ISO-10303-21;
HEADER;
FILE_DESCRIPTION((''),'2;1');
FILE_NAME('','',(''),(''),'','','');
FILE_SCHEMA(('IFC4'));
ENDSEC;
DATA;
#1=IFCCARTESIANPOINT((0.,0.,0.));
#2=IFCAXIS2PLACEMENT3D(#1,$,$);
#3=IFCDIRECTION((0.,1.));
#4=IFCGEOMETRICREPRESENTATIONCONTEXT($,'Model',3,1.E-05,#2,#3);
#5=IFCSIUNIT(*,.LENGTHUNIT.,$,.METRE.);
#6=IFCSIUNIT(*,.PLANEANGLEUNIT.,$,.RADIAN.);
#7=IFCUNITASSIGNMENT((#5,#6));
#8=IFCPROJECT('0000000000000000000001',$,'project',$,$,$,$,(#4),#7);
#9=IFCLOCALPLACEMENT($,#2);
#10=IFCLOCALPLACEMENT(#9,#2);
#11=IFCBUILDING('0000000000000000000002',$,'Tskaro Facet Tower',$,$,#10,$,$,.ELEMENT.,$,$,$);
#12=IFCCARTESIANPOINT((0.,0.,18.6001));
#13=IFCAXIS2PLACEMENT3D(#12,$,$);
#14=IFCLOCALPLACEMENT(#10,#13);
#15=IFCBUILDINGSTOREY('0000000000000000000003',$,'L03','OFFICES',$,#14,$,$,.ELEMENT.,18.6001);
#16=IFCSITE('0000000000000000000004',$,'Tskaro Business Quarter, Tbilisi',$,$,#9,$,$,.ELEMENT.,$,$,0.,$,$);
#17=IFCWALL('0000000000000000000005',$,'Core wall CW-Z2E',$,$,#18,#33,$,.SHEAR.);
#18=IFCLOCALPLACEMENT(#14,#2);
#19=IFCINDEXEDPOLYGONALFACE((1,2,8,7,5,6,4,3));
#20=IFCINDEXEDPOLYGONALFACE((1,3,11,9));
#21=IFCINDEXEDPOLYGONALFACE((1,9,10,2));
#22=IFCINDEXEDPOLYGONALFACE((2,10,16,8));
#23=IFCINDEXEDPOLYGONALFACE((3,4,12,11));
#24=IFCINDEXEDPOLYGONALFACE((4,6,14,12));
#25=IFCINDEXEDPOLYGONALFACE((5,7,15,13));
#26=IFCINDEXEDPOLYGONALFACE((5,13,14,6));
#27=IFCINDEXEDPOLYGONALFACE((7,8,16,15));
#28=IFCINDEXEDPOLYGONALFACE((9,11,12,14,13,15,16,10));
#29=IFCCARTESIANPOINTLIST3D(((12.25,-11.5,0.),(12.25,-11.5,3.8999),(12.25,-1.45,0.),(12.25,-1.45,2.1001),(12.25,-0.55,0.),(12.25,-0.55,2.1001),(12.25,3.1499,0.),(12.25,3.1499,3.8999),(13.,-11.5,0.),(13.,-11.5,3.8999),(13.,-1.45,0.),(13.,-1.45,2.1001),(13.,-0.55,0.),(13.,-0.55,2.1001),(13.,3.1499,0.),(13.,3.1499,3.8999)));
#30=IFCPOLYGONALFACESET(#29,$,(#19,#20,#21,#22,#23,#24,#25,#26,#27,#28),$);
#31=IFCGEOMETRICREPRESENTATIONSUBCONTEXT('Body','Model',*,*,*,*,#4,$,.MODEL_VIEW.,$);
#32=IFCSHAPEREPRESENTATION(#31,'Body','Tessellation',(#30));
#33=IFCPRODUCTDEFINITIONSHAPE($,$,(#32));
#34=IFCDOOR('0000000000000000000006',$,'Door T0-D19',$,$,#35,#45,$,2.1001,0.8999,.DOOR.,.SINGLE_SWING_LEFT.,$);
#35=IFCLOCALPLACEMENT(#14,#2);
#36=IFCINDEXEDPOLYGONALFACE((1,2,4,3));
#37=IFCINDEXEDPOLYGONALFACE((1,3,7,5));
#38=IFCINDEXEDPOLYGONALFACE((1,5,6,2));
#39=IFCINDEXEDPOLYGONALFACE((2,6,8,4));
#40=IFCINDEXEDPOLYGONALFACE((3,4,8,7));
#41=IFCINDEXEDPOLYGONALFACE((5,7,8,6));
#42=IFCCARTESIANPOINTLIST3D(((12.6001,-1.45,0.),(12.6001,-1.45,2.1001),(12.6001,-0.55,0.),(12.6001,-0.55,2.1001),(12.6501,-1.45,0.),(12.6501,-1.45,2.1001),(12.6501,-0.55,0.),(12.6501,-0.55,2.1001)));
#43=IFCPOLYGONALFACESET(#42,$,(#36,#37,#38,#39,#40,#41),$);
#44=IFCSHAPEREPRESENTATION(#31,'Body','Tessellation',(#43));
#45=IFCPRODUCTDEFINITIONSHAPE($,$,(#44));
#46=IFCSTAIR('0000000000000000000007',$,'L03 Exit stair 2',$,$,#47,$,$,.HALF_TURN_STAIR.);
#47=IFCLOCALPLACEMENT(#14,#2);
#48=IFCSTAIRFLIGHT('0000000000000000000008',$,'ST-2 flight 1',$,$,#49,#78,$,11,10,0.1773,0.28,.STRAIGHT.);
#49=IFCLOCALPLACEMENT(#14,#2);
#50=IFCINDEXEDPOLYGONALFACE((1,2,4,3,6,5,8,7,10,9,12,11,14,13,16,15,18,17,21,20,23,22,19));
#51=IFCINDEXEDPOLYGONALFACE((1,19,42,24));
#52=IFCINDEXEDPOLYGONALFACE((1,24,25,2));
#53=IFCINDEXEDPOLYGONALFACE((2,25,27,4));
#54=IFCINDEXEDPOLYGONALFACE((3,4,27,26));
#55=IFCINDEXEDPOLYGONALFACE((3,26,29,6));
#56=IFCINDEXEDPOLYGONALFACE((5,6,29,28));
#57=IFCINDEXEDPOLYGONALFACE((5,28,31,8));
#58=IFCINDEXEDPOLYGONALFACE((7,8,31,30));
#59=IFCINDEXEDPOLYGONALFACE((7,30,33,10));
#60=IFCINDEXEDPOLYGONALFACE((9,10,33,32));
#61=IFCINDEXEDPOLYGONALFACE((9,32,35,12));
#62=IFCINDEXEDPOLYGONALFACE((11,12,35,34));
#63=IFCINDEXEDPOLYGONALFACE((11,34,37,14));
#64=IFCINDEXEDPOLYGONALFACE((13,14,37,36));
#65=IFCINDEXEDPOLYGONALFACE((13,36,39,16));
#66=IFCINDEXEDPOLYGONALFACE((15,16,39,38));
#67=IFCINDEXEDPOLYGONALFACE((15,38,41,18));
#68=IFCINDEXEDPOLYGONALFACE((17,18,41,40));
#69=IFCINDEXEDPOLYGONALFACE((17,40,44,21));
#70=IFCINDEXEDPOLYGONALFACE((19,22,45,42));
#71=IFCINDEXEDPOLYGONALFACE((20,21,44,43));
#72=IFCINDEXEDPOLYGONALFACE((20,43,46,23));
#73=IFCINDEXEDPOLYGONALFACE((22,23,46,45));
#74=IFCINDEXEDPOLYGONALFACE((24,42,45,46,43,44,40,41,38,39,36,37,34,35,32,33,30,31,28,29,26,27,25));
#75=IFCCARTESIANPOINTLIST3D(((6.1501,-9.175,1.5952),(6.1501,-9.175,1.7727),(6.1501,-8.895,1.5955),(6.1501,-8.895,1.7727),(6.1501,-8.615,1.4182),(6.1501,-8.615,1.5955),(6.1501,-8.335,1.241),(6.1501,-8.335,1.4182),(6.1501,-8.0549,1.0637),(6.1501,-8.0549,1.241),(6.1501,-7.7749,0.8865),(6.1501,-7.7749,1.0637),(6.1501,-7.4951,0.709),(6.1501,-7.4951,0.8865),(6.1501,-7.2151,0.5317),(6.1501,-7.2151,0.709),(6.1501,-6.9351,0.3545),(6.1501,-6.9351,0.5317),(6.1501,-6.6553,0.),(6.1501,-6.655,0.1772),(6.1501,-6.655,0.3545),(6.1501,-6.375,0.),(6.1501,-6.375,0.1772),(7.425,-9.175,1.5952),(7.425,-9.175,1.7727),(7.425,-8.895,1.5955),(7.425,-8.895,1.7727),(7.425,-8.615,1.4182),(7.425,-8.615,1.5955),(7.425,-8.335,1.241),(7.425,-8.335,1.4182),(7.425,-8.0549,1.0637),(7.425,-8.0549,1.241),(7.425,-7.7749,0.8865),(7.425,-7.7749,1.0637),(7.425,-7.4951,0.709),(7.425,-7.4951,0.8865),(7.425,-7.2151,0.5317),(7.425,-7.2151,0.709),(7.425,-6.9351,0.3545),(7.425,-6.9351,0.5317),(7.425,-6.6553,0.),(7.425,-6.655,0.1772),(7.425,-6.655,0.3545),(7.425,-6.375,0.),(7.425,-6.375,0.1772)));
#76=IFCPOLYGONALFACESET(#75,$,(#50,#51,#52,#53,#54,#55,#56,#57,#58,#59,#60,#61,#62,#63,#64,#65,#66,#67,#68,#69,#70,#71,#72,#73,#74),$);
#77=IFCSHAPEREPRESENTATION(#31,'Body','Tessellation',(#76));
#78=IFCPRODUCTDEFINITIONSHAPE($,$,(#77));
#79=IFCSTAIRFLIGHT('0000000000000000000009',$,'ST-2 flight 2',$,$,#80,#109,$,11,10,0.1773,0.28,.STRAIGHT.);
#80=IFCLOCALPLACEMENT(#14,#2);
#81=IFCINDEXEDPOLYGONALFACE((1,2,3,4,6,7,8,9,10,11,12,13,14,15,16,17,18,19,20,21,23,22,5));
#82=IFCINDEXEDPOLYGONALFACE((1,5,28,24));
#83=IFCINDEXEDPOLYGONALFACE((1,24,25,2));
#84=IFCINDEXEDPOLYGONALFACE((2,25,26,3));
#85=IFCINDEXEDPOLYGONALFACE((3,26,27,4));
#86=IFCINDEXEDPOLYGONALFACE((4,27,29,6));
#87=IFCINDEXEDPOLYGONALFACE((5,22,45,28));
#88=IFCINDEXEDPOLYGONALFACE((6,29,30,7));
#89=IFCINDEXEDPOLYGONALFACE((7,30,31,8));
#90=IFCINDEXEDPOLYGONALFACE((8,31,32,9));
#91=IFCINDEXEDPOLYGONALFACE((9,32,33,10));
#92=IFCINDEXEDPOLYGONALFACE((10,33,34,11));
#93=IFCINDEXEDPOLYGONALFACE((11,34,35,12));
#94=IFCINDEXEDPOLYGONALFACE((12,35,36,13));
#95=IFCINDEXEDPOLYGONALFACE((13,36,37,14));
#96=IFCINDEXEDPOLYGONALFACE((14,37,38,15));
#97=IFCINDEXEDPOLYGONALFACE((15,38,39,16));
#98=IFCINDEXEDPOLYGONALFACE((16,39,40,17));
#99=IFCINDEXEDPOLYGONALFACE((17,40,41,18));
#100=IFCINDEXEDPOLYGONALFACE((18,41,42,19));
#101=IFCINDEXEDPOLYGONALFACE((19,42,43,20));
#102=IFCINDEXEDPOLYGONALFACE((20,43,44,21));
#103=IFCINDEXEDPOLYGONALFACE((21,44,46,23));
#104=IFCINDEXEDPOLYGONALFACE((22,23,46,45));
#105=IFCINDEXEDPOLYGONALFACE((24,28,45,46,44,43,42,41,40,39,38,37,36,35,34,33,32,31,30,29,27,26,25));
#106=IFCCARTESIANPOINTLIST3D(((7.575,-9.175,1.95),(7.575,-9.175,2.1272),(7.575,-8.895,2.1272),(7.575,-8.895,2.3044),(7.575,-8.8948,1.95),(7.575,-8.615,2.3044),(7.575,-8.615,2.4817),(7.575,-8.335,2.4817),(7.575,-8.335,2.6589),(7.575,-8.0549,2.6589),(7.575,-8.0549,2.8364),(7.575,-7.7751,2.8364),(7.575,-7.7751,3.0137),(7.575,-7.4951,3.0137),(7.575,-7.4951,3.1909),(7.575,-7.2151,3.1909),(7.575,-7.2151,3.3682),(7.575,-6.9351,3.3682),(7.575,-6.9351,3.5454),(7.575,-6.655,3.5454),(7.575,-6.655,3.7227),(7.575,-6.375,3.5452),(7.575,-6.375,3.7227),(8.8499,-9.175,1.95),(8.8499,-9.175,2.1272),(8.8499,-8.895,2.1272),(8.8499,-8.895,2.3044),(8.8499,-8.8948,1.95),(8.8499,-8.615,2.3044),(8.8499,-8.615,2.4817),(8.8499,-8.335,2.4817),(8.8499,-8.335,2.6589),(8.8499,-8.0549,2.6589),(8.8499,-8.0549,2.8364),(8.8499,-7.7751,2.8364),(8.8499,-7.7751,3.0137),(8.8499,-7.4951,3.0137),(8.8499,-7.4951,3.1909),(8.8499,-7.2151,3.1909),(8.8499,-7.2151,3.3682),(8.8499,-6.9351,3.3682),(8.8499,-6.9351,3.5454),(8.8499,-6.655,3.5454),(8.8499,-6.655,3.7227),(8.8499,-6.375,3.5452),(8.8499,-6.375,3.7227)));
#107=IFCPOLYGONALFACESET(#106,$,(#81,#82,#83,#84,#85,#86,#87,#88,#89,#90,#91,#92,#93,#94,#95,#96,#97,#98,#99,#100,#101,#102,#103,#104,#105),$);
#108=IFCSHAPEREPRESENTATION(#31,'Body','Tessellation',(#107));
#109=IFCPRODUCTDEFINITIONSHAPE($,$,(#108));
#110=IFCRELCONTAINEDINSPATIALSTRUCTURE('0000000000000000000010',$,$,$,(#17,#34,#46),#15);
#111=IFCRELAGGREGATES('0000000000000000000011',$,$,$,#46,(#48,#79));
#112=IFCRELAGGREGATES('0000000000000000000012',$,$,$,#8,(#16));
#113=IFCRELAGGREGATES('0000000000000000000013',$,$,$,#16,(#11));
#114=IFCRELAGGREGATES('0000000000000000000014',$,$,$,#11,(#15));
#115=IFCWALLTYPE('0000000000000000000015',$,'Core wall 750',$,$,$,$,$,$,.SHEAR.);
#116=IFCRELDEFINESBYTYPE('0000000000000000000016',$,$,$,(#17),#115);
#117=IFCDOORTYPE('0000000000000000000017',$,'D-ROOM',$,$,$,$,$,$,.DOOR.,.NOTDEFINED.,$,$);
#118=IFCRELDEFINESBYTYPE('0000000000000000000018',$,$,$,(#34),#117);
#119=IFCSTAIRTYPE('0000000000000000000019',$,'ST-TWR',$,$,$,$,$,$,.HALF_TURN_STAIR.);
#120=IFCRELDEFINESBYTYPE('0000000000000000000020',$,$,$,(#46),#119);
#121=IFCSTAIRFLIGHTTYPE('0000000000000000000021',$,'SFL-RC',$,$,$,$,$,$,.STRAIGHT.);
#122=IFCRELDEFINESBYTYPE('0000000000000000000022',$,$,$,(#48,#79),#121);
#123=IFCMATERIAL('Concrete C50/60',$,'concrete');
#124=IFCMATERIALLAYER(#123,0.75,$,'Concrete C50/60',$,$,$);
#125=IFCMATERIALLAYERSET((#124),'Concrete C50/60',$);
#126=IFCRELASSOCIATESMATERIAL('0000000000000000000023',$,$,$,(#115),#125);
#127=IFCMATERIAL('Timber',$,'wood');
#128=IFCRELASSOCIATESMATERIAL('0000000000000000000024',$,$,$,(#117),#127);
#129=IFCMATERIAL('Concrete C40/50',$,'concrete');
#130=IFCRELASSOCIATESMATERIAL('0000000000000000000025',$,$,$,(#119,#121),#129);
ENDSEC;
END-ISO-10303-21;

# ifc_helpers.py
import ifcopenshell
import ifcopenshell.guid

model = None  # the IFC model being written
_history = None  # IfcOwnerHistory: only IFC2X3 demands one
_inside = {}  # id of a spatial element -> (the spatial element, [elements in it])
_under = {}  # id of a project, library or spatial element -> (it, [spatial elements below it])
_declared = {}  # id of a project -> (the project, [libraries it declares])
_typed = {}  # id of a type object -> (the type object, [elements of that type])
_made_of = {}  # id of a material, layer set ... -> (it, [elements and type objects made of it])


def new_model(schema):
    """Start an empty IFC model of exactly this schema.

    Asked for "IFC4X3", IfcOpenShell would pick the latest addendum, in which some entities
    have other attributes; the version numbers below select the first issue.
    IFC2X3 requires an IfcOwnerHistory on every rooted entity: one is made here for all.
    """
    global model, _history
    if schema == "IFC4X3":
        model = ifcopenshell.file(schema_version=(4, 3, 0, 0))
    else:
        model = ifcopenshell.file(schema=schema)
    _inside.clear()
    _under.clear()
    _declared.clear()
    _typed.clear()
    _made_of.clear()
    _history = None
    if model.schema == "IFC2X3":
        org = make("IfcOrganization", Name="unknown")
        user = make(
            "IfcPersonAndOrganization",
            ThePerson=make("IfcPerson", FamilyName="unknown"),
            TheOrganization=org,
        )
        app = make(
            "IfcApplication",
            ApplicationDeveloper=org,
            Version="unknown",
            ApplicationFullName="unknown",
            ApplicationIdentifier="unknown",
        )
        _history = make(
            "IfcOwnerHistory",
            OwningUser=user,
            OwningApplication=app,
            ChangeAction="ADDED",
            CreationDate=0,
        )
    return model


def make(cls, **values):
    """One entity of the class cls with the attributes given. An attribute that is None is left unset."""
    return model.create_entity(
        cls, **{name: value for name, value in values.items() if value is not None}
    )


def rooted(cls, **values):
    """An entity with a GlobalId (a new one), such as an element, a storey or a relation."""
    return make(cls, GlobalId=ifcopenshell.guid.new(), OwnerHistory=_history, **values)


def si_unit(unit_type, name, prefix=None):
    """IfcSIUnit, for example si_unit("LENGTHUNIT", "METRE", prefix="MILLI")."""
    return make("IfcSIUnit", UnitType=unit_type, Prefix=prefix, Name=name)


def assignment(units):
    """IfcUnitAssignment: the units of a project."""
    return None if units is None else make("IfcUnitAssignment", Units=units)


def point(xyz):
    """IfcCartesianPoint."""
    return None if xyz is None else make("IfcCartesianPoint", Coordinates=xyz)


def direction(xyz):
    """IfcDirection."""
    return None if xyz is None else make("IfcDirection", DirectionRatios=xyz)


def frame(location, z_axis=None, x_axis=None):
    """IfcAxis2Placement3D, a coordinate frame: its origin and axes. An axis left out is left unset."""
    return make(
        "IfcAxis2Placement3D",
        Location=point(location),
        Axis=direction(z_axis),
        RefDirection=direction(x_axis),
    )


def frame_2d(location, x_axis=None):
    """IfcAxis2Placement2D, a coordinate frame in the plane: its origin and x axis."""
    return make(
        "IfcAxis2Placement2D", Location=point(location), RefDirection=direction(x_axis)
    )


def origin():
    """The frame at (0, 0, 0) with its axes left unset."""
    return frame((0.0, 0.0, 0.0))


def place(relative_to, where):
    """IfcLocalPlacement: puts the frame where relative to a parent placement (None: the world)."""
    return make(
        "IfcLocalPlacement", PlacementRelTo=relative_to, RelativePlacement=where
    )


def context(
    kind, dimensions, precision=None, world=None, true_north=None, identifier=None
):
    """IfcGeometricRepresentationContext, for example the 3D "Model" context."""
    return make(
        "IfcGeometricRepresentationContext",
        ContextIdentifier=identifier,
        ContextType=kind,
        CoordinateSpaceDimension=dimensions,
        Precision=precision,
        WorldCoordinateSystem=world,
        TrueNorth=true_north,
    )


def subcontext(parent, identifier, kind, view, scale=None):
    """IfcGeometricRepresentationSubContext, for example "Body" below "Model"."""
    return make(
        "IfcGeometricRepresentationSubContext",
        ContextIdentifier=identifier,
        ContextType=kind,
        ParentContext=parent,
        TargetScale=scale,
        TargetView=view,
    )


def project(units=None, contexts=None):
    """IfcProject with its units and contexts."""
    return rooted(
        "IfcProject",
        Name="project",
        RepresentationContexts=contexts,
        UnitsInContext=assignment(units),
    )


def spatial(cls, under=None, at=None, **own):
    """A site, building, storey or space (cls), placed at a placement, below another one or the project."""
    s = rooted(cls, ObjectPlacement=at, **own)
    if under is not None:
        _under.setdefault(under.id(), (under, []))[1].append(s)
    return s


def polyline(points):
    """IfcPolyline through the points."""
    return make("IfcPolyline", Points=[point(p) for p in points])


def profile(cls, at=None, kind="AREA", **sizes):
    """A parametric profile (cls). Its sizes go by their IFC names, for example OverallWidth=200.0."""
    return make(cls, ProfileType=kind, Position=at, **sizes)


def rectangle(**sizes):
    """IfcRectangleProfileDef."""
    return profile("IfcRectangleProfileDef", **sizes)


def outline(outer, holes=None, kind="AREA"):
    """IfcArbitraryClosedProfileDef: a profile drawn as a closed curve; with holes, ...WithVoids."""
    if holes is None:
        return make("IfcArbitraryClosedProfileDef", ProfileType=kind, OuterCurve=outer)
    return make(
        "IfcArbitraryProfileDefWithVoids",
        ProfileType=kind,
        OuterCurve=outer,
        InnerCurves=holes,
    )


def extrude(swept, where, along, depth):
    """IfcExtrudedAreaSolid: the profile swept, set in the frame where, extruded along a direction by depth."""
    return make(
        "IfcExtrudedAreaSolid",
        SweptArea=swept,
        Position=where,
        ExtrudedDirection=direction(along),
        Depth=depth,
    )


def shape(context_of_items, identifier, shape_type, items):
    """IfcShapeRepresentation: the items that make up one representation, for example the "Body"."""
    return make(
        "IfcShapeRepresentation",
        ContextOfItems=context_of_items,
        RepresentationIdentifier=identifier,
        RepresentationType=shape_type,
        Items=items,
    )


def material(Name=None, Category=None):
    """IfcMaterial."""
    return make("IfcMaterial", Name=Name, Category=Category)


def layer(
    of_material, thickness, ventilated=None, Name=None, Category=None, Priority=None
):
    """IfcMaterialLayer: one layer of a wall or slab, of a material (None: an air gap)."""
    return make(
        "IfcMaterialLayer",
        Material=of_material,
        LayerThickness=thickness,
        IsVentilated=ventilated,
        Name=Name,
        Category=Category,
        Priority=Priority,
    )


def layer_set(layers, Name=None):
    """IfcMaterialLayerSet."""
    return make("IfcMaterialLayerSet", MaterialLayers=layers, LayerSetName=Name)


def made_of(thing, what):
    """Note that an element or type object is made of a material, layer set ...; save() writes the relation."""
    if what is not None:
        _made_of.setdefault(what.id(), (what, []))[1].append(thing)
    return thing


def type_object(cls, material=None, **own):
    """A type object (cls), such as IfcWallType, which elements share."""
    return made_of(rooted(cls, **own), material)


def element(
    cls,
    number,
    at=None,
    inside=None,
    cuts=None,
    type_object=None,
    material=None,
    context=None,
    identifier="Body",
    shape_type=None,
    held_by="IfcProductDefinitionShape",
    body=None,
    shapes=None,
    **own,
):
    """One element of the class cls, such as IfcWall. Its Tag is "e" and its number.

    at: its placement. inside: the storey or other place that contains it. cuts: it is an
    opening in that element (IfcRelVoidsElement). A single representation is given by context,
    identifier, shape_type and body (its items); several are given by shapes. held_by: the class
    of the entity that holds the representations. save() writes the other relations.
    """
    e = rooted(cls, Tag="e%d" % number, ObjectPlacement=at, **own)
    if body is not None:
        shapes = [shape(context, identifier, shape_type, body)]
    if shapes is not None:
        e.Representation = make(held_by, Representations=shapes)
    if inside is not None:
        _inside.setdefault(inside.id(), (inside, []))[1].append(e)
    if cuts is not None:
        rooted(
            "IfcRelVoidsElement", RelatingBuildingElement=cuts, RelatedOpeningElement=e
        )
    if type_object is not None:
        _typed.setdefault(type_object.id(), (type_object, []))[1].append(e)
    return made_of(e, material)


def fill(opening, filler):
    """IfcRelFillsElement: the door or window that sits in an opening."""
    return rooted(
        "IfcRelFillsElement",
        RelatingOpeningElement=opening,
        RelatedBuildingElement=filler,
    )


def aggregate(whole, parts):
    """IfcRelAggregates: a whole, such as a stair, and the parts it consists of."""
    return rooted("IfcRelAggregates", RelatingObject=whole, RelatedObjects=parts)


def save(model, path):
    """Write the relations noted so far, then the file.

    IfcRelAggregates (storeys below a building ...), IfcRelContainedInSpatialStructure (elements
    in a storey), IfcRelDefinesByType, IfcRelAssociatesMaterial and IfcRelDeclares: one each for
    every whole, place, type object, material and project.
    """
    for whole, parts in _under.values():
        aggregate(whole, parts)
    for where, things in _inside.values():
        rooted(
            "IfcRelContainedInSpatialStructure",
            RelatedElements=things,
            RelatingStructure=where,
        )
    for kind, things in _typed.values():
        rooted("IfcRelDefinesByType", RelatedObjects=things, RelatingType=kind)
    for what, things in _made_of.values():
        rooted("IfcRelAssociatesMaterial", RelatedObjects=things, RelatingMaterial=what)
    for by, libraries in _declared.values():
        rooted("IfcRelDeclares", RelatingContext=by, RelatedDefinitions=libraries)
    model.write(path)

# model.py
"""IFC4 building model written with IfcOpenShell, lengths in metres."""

from ifc_helpers import new_model, si_unit, direction, frame, frame_2d, origin, place, context, subcontext, project, spatial, polyline, rectangle, outline, extrude, material, layer, layer_set, type_object, element, fill, aggregate, save


model = new_model("IFC4")

# Units and contexts
model_context = context("Model", 3, precision=1e-05, world=origin(), true_north=direction((0.0, 1.0)))
body_context = subcontext(model_context, "Body", "Model", "MODEL_VIEW")
ifc_project = project(units=[si_unit("LENGTHUNIT", "METRE"), si_unit("PLANEANGLEUNIT", "RADIAN")], contexts=[model_context])

# Site, building, storey
site_placement = place(None, origin())
site = spatial("IfcSite", under=ifc_project, at=site_placement, Name="Tskaro Business Quarter, Tbilisi", CompositionType="ELEMENT", RefElevation=0.0)
building_placement = place(site_placement, origin())
building = spatial("IfcBuilding", under=site, at=building_placement, Name="Tskaro Facet Tower", CompositionType="ELEMENT")
storey_placement = place(building_placement, frame((0.0, 0.0, 18.6001)))
storey = spatial("IfcBuildingStorey", under=building, at=storey_placement, Name="L03", Description="OFFICES", CompositionType="ELEMENT", Elevation=18.6001)

# Shared definitions
ifc_material_1 = material(Name="Concrete C40/50", Category="concrete")

# Wall, opening, door
ifc_material_2 = material(Name="Concrete C50/60", Category="concrete")
ifc_layer_1 = layer(ifc_material_2, 0.75, Name="Concrete C50/60")
ifc_layer_set_1 = layer_set([ifc_layer_1], Name="Concrete C50/60")
wall_type_1 = type_object("IfcWallType", Name="Core wall 750", PredefinedType="SHEAR", material=ifc_layer_set_1)
wall_1_placement = place(storey_placement, frame((12.625, -11.5, 0.0), z_axis=(0.0, 0.0, 1.0), x_axis=(0.0, 1.0, 0.0)))
wall_1 = element("IfcWall", 1, at=wall_1_placement, inside=storey, type_object=wall_type_1, Name="Core wall CW-Z2E", PredefinedType="SHEAR", context=body_context, shape_type="SweptSolid", body=[
    extrude(rectangle(XDim=14.6499, YDim=0.75, at=frame_2d((7.325, 0.0))), origin(), (0.0, 0.0, 1.0), 3.8999),
])
opening_1_placement = place(wall_1_placement, frame((10.05, 0.0, 0.0)))
opening_1 = element("IfcOpeningElement", 2, at=opening_1_placement, cuts=wall_1, PredefinedType="OPENING", context=body_context, shape_type="SweptSolid", body=[
    extrude(rectangle(XDim=0.8999, YDim=2.1001, at=frame_2d((0.45, 1.05))), frame((0.0, 0.385, 0.0), z_axis=(0.0, -1.0, 0.0), x_axis=(1.0, 0.0, 0.0)), (0.0, 0.0, 1.0), 0.77),
])
ifc_material_3 = material(Name="Timber", Category="wood")
door_type_1 = type_object("IfcDoorType", Name="D-ROOM", OperationType="NOTDEFINED", PredefinedType="DOOR", material=ifc_material_3)
door_1_placement = place(opening_1_placement, origin())
door_1 = element("IfcDoor", 3, at=door_1_placement, inside=storey, type_object=door_type_1, Name="Door T0-D19", OperationType="SINGLE_SWING_LEFT", OverallHeight=2.1001, OverallWidth=0.8999, PredefinedType="DOOR", context=body_context, shape_type="SweptSolid", body=[
    extrude(rectangle(XDim=0.8999, YDim=2.1001, at=frame_2d((0.45, 1.05))), frame((0.0, 0.0249, 0.0), z_axis=(0.0, -1.0, 0.0), x_axis=(1.0, 0.0, 0.0)), (0.0, 0.0, 1.0), 0.05),
])
fill(opening_1, door_1)

# Stair, stair flights
stair_type = type_object("IfcStairType", Name="ST-TWR", PredefinedType="HALF_TURN_STAIR", material=ifc_material_1)
stair_placement = place(storey_placement, origin())
stair = element("IfcStair", 4, at=stair_placement, inside=storey, type_object=stair_type, Name="L03 Exit stair 2", PredefinedType="HALF_TURN_STAIR")
stair_flight_type = type_object("IfcStairFlightType", Name="SFL-RC", PredefinedType="STRAIGHT", material=ifc_material_1)
stair_flight_1_placement = place(storey_placement, frame((6.7876, -6.375, 0.0), z_axis=(0.0, 0.0, 1.0), x_axis=(0.0, -1.0, 0.0)))
stair_flight_1 = element("IfcStairFlight", 5, at=stair_flight_1_placement, type_object=stair_flight_type, Name="ST-2 flight 1", NumberOfRisers=11, NumberOfTreads=10, PredefinedType="STRAIGHT", RiserHeight=0.1773, TreadLength=0.28, context=body_context, shape_type="SweptSolid", body=[
    extrude(outline(polyline([(0.0, 0.0), (0.0, 0.1772), (0.28, 0.1772), (0.28, 0.3545), (0.5601, 0.3545), (0.5601, 0.5317), (0.8401, 0.5317), (0.8401, 0.709), (1.1201, 0.709), (1.1201, 0.8865), (1.3999, 0.8865), (1.3999, 1.0637), (1.6799, 1.0637), (1.6799, 1.241), (1.96, 1.241), (1.96, 1.4182), (2.24, 1.4182), (2.24, 1.5955), (2.52, 1.5955), (2.52, 1.7727), (2.8, 1.7727), (2.8, 1.95), (2.8, 1.5952), (0.2803, 0.0), (0.0, 0.0)])), frame((0.0, 0.6375, 0.0), z_axis=(0.0, -1.0, 0.0), x_axis=(1.0, 0.0, 0.0)), (0.0, 0.0, 1.0), 1.2749),
])
stair_flight_2_placement = place(storey_placement, frame((8.2124, -9.175, 1.95), z_axis=(0.0, 0.0, 1.0), x_axis=(0.0, 1.0, 0.0)))
stair_flight_2 = element("IfcStairFlight", 6, at=stair_flight_2_placement, type_object=stair_flight_type, Name="ST-2 flight 2", NumberOfRisers=11, NumberOfTreads=10, PredefinedType="STRAIGHT", RiserHeight=0.1773, TreadLength=0.28, context=body_context, shape_type="SweptSolid", body=[
    extrude(outline(polyline([(0.0, 0.0), (0.0, 0.1772), (0.28, 0.1772), (0.28, 0.3545), (0.5601, 0.3545), (0.5601, 0.5317), (0.8401, 0.5317), (0.8401, 0.709), (1.1201, 0.709), (1.1201, 0.8865), (1.3999, 0.8865), (1.3999, 1.0637), (1.6799, 1.0637), (1.6799, 1.241), (1.96, 1.241), (1.96, 1.4182), (2.24, 1.4182), (2.24, 1.5955), (2.52, 1.5955), (2.52, 1.7727), (2.8, 1.7727), (2.8, 1.95), (2.8, 1.5952), (0.2803, 0.0), (0.0, 0.0)])), frame((0.0, 0.6375, 0.0), z_axis=(0.0, -1.0, 0.0), x_axis=(1.0, 0.0, 0.0)), (0.0, 0.0, 1.0), 1.2749),
])
aggregate(stair, [stair_flight_1, stair_flight_2])

save(model, "model.ifc")
